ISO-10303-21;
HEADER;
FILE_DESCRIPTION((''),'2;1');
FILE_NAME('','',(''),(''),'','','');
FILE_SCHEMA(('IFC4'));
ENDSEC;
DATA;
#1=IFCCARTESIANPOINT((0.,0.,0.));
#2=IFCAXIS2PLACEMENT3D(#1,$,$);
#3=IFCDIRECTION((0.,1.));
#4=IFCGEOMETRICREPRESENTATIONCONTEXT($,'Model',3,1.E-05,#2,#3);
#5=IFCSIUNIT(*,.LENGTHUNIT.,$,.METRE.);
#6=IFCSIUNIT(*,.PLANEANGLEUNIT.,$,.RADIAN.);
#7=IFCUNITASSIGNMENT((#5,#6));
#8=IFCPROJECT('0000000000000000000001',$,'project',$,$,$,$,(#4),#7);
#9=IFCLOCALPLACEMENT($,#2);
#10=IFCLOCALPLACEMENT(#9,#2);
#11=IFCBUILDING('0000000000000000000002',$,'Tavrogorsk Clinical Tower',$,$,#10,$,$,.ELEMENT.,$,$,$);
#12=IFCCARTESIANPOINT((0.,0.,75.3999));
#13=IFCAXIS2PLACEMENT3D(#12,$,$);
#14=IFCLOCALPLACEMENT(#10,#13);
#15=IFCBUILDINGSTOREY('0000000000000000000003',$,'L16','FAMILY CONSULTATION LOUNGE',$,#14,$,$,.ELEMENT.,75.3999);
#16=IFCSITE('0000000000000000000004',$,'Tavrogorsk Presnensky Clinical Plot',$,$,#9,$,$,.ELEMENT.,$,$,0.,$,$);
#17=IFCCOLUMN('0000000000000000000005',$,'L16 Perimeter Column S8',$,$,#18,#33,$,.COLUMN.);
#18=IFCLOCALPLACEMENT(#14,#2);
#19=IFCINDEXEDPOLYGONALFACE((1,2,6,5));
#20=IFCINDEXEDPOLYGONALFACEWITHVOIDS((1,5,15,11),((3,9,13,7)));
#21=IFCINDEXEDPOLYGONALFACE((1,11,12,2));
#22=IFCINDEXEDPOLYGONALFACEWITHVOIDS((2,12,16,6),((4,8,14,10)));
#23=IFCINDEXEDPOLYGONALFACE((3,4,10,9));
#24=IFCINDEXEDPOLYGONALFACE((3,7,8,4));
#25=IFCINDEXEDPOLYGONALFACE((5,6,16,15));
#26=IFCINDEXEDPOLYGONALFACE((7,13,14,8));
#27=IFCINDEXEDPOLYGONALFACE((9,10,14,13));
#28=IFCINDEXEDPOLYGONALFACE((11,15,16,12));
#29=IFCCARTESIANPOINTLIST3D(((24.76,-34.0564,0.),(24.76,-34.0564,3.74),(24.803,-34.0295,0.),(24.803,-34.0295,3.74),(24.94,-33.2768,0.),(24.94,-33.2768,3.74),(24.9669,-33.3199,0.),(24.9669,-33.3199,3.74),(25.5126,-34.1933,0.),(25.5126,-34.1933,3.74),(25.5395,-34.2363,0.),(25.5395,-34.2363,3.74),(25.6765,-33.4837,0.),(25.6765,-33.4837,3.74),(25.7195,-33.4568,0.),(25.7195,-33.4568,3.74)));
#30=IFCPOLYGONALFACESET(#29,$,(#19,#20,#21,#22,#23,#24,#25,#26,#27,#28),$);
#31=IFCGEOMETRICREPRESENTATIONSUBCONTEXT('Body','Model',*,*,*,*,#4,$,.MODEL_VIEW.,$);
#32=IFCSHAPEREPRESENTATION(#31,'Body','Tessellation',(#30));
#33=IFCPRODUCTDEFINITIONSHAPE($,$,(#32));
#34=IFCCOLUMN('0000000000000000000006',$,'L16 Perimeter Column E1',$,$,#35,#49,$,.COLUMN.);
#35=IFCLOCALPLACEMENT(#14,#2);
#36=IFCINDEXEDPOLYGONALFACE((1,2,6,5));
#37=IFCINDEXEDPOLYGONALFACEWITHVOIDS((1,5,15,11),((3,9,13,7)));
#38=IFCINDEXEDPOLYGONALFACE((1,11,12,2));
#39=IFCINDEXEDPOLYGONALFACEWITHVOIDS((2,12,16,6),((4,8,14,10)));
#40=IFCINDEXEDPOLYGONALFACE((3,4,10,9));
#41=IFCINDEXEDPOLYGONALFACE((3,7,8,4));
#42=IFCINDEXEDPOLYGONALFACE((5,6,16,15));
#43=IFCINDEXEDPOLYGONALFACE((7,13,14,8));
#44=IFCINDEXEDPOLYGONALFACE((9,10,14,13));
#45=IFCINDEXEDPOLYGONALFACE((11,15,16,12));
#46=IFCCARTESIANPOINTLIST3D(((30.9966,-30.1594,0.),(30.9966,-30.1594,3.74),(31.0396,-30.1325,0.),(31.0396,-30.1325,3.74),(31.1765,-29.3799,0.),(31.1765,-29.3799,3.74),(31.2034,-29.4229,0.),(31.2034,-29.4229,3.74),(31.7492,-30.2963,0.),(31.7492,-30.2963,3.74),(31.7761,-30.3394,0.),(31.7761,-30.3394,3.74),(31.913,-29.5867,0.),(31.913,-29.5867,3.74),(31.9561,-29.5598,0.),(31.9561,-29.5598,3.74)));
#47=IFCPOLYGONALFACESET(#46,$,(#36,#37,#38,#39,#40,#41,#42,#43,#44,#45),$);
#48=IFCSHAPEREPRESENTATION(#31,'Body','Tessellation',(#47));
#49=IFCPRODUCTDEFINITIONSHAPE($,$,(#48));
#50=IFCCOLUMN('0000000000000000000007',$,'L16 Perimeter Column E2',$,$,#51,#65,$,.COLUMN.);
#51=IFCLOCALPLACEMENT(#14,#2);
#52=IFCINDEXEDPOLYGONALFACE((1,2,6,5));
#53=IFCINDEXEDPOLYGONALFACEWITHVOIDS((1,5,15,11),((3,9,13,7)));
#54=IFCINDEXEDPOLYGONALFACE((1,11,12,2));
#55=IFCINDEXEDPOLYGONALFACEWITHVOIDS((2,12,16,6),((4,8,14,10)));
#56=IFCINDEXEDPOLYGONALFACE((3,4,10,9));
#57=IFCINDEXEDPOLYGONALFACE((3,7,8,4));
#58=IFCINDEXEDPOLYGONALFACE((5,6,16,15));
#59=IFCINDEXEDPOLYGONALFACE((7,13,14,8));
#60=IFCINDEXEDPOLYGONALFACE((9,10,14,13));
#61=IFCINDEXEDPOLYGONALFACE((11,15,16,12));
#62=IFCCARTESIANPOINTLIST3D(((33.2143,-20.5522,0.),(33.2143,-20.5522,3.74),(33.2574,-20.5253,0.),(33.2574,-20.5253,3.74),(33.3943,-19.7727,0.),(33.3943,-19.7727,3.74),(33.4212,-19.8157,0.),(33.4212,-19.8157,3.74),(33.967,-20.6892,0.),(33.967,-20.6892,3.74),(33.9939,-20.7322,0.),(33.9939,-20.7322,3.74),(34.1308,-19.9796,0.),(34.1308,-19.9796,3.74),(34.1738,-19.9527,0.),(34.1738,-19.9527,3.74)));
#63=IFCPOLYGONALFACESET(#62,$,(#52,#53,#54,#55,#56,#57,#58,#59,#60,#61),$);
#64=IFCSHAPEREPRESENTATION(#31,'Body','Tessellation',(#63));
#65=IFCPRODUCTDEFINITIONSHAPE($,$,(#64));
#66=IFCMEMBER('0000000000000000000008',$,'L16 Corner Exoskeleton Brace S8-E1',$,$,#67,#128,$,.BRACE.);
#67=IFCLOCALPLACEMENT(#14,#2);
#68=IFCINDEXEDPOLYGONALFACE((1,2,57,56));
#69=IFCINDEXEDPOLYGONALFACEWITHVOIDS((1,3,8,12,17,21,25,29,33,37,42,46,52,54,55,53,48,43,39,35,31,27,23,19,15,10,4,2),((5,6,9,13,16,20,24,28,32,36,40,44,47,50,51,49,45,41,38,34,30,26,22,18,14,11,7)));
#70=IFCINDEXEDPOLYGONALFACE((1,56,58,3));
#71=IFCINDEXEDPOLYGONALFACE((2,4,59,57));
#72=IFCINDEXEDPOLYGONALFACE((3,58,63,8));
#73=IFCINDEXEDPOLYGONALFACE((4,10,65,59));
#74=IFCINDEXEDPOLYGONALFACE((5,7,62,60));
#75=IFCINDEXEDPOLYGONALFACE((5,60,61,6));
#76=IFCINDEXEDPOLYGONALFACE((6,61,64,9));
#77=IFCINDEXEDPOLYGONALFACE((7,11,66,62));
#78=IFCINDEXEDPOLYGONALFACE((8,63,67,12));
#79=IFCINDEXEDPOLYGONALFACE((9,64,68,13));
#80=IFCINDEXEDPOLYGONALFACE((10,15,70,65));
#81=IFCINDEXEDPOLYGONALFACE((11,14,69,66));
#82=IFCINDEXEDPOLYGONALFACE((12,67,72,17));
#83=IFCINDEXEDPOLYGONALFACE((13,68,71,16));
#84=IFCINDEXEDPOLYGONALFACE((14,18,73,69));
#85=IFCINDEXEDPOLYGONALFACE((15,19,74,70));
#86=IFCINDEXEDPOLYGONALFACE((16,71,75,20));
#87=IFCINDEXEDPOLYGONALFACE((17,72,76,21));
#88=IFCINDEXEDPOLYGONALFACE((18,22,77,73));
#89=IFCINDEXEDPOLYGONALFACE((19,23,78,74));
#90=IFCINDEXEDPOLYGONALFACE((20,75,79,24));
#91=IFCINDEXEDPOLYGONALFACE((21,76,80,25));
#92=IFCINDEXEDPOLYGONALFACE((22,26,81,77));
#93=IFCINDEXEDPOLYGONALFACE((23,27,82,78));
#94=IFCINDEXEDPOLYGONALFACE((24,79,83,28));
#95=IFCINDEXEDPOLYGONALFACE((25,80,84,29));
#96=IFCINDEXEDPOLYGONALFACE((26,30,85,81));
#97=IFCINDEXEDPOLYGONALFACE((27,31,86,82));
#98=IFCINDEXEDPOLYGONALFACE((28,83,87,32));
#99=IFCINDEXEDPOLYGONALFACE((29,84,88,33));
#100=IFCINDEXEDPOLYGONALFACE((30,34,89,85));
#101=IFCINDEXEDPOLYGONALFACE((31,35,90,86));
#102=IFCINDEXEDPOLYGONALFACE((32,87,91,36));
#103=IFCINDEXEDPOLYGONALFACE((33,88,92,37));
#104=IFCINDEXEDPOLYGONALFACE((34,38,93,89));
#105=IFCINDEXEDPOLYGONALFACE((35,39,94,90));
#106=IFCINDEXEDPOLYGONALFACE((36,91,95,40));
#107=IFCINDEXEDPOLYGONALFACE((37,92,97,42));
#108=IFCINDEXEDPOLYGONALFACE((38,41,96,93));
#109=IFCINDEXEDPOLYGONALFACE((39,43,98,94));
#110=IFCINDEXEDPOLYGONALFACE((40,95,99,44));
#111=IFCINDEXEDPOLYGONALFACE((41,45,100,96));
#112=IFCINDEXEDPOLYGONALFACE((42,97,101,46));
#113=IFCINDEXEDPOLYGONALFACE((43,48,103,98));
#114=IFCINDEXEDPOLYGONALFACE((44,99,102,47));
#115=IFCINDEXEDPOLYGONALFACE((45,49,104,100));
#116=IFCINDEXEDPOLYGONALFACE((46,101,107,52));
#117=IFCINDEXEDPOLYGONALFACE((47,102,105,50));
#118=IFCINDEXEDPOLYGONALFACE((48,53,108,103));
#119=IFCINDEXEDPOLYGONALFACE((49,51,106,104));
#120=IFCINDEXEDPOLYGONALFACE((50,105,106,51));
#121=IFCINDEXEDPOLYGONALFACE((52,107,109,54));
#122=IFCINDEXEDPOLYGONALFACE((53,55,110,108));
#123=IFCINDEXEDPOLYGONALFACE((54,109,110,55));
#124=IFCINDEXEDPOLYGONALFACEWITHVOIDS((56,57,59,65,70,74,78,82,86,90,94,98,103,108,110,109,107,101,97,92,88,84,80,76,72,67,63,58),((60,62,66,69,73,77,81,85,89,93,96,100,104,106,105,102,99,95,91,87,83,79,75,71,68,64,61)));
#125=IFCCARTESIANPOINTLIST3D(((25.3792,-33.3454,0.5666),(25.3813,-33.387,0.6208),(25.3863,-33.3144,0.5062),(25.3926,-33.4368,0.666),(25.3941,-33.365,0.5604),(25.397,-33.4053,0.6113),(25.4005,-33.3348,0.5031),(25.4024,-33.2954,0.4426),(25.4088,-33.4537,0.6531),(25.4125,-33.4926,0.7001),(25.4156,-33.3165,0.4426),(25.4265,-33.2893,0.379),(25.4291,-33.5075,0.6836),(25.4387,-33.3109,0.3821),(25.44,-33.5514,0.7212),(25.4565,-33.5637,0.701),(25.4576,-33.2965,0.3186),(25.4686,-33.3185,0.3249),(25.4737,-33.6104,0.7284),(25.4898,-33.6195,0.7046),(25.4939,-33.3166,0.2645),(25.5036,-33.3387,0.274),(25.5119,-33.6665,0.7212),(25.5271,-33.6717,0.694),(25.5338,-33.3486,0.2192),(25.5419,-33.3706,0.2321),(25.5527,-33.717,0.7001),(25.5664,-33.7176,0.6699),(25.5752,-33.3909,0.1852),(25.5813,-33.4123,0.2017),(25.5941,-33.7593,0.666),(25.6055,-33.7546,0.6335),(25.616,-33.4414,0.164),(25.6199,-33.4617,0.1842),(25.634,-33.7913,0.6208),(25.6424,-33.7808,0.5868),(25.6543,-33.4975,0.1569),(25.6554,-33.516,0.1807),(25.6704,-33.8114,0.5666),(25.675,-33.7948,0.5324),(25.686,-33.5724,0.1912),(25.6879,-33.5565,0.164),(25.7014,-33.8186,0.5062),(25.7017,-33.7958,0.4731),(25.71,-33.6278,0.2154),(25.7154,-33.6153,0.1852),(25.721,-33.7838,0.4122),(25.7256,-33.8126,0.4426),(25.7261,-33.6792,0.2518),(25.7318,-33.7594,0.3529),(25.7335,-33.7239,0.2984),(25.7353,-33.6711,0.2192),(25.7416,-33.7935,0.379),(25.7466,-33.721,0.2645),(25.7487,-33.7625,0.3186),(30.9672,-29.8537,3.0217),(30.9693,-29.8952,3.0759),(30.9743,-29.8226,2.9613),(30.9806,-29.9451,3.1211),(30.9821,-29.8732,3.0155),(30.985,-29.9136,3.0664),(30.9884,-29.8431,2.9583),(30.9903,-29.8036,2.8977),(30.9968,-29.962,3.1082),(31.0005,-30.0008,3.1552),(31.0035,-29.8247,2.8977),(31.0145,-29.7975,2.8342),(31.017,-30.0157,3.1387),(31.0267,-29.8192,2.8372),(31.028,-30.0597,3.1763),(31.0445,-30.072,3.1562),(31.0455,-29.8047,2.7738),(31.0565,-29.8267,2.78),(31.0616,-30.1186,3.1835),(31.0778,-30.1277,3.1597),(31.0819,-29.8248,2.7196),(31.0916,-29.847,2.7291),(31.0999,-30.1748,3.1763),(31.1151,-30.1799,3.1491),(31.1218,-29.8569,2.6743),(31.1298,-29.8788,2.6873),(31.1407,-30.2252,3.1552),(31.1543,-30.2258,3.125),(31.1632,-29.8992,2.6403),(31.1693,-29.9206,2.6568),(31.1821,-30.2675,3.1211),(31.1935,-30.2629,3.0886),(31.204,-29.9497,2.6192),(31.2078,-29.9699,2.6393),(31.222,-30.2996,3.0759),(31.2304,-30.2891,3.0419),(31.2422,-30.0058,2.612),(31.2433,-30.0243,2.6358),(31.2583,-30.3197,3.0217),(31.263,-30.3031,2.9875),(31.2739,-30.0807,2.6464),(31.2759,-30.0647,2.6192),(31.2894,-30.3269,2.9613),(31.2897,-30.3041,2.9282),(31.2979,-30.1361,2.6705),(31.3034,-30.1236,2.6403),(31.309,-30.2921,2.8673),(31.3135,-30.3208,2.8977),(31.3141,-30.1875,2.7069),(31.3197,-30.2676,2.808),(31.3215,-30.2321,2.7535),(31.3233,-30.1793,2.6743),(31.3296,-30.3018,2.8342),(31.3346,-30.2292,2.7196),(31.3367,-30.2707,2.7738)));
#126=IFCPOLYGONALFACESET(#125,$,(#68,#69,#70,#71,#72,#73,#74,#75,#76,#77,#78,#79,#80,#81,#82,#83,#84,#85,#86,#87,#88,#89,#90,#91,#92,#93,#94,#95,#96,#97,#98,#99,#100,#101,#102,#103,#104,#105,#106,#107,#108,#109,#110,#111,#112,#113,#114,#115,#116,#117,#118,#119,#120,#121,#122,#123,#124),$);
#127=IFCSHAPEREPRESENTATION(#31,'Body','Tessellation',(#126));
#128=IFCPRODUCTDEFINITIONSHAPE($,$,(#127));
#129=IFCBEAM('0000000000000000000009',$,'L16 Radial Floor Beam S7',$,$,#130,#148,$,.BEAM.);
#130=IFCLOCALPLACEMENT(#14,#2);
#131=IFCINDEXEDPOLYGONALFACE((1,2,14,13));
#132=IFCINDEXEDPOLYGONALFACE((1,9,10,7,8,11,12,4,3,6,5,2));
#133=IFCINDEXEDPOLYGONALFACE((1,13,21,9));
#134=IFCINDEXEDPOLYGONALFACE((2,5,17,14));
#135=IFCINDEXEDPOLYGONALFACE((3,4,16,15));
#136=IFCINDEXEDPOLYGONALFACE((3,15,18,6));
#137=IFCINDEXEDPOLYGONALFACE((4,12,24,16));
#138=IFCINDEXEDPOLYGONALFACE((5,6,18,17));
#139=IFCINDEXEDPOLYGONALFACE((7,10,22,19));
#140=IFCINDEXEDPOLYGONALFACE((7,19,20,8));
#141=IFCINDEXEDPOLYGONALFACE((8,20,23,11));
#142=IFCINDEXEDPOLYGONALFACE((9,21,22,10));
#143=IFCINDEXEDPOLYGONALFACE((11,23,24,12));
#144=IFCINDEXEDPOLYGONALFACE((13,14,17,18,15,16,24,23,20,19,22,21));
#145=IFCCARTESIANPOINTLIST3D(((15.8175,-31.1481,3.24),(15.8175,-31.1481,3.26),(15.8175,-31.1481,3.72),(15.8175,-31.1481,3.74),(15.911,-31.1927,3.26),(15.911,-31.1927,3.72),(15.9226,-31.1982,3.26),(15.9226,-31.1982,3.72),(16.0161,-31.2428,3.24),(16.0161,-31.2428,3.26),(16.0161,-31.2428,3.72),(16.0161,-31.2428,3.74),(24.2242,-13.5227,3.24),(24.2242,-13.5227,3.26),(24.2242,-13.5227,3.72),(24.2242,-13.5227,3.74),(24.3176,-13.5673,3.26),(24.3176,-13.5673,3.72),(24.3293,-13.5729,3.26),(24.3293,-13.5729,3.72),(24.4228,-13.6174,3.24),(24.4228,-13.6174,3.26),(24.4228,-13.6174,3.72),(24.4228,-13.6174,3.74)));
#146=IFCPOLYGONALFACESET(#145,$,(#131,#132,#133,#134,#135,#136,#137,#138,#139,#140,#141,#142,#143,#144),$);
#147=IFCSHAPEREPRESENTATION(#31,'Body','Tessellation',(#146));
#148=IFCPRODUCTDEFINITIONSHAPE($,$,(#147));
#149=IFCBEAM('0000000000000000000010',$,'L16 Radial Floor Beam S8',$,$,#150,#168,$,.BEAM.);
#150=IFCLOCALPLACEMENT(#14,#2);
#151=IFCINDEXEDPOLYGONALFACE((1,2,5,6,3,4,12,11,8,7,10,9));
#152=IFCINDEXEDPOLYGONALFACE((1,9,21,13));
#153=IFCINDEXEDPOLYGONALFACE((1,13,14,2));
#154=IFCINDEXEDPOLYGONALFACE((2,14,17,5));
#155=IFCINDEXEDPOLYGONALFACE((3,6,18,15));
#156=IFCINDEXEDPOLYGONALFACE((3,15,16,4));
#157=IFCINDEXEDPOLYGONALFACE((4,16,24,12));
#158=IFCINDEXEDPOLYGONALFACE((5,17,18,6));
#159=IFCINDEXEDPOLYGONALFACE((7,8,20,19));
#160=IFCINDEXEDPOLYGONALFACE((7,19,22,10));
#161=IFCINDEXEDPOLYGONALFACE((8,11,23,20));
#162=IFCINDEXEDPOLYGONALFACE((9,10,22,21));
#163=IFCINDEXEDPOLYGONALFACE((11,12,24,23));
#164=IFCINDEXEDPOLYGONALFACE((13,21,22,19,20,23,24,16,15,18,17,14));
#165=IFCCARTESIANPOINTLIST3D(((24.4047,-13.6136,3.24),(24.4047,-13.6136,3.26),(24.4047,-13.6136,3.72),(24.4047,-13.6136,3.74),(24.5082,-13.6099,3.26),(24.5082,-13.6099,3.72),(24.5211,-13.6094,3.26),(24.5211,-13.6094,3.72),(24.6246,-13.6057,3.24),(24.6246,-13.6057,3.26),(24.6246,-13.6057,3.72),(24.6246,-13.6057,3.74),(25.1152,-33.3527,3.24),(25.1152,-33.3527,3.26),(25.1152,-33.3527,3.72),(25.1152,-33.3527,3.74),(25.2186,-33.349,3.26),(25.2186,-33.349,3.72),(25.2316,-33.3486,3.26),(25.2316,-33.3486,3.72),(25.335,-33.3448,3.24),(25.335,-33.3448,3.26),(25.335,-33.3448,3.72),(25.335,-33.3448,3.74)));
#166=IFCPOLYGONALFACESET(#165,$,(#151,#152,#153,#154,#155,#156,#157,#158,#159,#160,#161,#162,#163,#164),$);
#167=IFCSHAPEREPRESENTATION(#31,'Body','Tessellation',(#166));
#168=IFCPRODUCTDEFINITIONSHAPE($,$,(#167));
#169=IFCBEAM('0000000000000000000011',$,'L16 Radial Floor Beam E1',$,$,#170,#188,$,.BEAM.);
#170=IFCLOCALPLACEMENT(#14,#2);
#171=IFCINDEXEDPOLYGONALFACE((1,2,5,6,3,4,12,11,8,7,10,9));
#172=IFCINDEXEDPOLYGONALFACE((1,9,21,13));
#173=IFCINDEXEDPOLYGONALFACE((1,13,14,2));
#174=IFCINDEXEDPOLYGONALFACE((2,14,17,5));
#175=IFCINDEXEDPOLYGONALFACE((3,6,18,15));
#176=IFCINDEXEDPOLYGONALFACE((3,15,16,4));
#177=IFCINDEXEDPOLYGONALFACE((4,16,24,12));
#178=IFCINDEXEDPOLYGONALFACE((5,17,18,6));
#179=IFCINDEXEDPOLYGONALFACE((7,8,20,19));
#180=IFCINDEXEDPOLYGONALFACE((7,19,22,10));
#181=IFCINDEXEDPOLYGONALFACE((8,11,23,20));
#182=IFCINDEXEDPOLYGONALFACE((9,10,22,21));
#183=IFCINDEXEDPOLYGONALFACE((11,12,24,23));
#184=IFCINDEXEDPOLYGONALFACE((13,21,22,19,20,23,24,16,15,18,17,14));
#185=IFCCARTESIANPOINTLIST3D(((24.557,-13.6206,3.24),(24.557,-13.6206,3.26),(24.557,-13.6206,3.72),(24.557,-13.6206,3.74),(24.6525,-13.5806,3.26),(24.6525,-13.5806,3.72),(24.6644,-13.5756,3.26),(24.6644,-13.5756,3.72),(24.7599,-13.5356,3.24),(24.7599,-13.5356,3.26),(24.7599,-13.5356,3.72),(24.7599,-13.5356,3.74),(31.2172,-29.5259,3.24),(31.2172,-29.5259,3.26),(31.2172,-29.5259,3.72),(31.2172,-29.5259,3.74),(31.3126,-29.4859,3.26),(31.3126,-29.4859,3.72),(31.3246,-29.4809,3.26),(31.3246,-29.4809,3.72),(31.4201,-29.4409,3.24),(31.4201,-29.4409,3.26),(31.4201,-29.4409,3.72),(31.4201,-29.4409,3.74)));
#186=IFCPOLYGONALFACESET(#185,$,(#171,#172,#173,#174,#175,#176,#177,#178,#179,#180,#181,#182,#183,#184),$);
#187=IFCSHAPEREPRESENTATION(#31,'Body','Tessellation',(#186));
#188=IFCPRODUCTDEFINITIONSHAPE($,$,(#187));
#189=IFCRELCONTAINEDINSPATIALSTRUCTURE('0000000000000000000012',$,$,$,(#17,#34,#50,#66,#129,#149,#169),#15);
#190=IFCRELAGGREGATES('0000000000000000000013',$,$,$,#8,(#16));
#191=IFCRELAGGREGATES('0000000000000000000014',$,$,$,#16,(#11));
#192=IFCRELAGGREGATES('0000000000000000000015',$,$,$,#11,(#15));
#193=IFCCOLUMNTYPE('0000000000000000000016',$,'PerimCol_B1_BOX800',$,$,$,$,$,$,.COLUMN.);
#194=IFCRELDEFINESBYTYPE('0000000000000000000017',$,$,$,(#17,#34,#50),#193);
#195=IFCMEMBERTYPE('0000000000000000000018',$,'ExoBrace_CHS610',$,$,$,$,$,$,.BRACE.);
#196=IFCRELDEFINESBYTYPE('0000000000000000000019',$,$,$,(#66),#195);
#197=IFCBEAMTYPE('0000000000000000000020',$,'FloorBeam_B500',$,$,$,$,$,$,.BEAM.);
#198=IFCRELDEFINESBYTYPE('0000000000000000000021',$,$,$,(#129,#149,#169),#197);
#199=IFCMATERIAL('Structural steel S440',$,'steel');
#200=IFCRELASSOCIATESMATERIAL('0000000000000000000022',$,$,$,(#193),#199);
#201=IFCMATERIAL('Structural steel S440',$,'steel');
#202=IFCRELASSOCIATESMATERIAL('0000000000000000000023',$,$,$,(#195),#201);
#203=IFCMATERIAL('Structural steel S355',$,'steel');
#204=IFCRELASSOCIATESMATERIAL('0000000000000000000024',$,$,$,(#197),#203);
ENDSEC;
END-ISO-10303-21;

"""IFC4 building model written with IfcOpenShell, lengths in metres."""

from ifc_helpers import new_model, si_unit, direction, frame, origin, origin_2d, place, context, subcontext, project, spatial, hollow_rectangle, hollow_circle, i_section, extrude, material, material_profile, profile_set, type_object, element, save


model = new_model("IFC4")

# Units and contexts
model_context = context("Model", 3, precision=1e-05, world=origin(), true_north=direction((0.0, 1.0)))
body_context = subcontext(model_context, "Body", "Model", "MODEL_VIEW")
ifc_project = project(units=[si_unit("LENGTHUNIT", "METRE"), si_unit("PLANEANGLEUNIT", "RADIAN")], contexts=[model_context])

# Site, building, storey
site_placement = place(None, origin())
site = spatial("IfcSite", under=ifc_project, at=site_placement, Name="Tavrogorsk Presnensky Clinical Plot", CompositionType="ELEMENT", RefElevation=0.0)
building_placement = place(site_placement, origin())
building = spatial("IfcBuilding", under=site, at=building_placement, Name="Tavrogorsk Clinical Tower", CompositionType="ELEMENT")
storey_placement = place(building_placement, frame((0.0, 0.0, 75.3999)))
storey = spatial("IfcBuildingStorey", under=building, at=storey_placement, Name="L16", Description="FAMILY CONSULTATION LOUNGE", CompositionType="ELEMENT", Elevation=75.3999)

# Columns
ifc_material_1 = material(Name="Structural steel S440", Category="steel")
ifc_material_profile_1 = material_profile(ifc_material_1, hollow_rectangle(XDim=0.8, YDim=0.8, WallThickness=0.0359, at=origin_2d()), Name="BOX-800x800x36")
ifc_profile_set_1 = profile_set([ifc_material_profile_1], Name="Structural steel S440")
column_type = type_object("IfcColumnType", Name="PerimCol_B1_BOX800", PredefinedType="COLUMN", material=ifc_profile_set_1)
for number, where, z_axis, x_axis, name in (
    (1, (25.2397, -33.7566, 0.0), (0.0, 0.0, 1.0), (0.97437, -0.224951, 0.0), "L16 Perimeter Column S8"),
    (2, (31.4763, -29.8596, 0.0), (0.0, 0.0, 1.0), (0.97437, -0.224951, 0.0), "L16 Perimeter Column E1"),
    (3, (33.6941, -20.2524, 0.0), (0.0, 0.0, 1.0), (0.97437, -0.224951, 0.0), "L16 Perimeter Column E2"),
):
    element("IfcColumn", number, at=place(storey_placement, frame(where, z_axis=z_axis, x_axis=x_axis)), inside=storey, type_object=column_type, Name=name, PredefinedType="COLUMN", context=body_context, shape_type="SweptSolid", body=[
        extrude(hollow_rectangle(XDim=0.8, YDim=0.8, WallThickness=0.0359, at=origin_2d()), origin(), (0.0, 0.0, 1.0), 3.74),
    ])

# Member
ifc_material_2 = material(Name="Structural steel S440", Category="steel")
ifc_material_profile_2 = material_profile(ifc_material_2, hollow_circle(Radius=0.3049, WallThickness=0.0249, at=origin_2d()), Name="CHS-610x25")
ifc_profile_set_2 = profile_set([ifc_material_profile_2], Name="Structural steel S440")
member_type_1 = type_object("IfcMemberType", Name="ExoBrace_CHS610", PredefinedType="BRACE", material=ifc_profile_set_2)
member_1_placement = place(storey_placement, frame((25.564, -33.554, 0.4426), z_axis=(0.794679, 0.49657, 0.349148), x_axis=(-0.529919, 0.848048, 0.0)))
element("IfcMember", 4, at=member_1_placement, inside=storey, type_object=member_type_1, Name="L16 Corner Exoskeleton Brace S8-E1", PredefinedType="BRACE", context=body_context, shape_type="SweptSolid", body=[
    extrude(hollow_circle(Radius=0.3049, WallThickness=0.0249, at=origin_2d()), origin(), (0.0, 0.0, 1.0), 7.0317),
])

# Beams
ifc_material_3 = material(Name="Structural steel S355", Category="steel")
ifc_material_profile_3 = material_profile(ifc_material_3, i_section(OverallWidth=0.22, OverallDepth=0.5, WebThickness=0.0129, FlangeThickness=0.02, at=origin_2d()), Name="B-500x220x13x20")
ifc_profile_set_3 = profile_set([ifc_material_profile_3], Name="Structural steel S355")
beam_type_1 = type_object("IfcBeamType", Name="FloorBeam_B500", PredefinedType="BEAM", material=ifc_profile_set_3)
beam_1_placement = place(storey_placement, frame((24.3235, -13.5701, 3.49), z_axis=(-0.430503, -0.902589, 0.0), x_axis=(0.902589, -0.430503, 0.0)))
element("IfcBeam", 5, at=beam_1_placement, inside=storey, type_object=beam_type_1, Name="L16 Radial Floor Beam S7", PredefinedType="BEAM", context=body_context, shape_type="SweptSolid", body=[
    extrude(i_section(OverallWidth=0.22, OverallDepth=0.5, WebThickness=0.0129, FlangeThickness=0.02, at=origin_2d()), origin(), (0.0, 0.0, 1.0), 19.5276),
])
beam_2_placement = place(storey_placement, frame((24.5146, -13.6096, 3.49), z_axis=(0.035968, -0.999353, 0.0), x_axis=(0.999353, 0.035968, 0.0)))
element("IfcBeam", 6, at=beam_2_placement, inside=storey, type_object=beam_type_1, Name="L16 Radial Floor Beam S8", PredefinedType="BEAM", context=body_context, shape_type="SweptSolid", body=[
    extrude(i_section(OverallWidth=0.22, OverallDepth=0.5, WebThickness=0.0129, FlangeThickness=0.02, at=origin_2d()), origin(), (0.0, 0.0, 1.0), 19.752),
])
beam_3_placement = place(storey_placement, frame((24.6584, -13.5781, 3.49), z_axis=(0.386243, -0.922397, 0.0), x_axis=(0.922397, 0.386243, 0.0)))
element("IfcBeam", 7, at=beam_3_placement, inside=storey, type_object=beam_type_1, Name="L16 Radial Floor Beam E1", PredefinedType="BEAM", context=body_context, shape_type="SweptSolid", body=[
    extrude(i_section(OverallWidth=0.22, OverallDepth=0.5, WebThickness=0.0129, FlangeThickness=0.02, at=origin_2d()), origin(), (0.0, 0.0, 1.0), 17.2434),
])

save(model, "model.ifc")
